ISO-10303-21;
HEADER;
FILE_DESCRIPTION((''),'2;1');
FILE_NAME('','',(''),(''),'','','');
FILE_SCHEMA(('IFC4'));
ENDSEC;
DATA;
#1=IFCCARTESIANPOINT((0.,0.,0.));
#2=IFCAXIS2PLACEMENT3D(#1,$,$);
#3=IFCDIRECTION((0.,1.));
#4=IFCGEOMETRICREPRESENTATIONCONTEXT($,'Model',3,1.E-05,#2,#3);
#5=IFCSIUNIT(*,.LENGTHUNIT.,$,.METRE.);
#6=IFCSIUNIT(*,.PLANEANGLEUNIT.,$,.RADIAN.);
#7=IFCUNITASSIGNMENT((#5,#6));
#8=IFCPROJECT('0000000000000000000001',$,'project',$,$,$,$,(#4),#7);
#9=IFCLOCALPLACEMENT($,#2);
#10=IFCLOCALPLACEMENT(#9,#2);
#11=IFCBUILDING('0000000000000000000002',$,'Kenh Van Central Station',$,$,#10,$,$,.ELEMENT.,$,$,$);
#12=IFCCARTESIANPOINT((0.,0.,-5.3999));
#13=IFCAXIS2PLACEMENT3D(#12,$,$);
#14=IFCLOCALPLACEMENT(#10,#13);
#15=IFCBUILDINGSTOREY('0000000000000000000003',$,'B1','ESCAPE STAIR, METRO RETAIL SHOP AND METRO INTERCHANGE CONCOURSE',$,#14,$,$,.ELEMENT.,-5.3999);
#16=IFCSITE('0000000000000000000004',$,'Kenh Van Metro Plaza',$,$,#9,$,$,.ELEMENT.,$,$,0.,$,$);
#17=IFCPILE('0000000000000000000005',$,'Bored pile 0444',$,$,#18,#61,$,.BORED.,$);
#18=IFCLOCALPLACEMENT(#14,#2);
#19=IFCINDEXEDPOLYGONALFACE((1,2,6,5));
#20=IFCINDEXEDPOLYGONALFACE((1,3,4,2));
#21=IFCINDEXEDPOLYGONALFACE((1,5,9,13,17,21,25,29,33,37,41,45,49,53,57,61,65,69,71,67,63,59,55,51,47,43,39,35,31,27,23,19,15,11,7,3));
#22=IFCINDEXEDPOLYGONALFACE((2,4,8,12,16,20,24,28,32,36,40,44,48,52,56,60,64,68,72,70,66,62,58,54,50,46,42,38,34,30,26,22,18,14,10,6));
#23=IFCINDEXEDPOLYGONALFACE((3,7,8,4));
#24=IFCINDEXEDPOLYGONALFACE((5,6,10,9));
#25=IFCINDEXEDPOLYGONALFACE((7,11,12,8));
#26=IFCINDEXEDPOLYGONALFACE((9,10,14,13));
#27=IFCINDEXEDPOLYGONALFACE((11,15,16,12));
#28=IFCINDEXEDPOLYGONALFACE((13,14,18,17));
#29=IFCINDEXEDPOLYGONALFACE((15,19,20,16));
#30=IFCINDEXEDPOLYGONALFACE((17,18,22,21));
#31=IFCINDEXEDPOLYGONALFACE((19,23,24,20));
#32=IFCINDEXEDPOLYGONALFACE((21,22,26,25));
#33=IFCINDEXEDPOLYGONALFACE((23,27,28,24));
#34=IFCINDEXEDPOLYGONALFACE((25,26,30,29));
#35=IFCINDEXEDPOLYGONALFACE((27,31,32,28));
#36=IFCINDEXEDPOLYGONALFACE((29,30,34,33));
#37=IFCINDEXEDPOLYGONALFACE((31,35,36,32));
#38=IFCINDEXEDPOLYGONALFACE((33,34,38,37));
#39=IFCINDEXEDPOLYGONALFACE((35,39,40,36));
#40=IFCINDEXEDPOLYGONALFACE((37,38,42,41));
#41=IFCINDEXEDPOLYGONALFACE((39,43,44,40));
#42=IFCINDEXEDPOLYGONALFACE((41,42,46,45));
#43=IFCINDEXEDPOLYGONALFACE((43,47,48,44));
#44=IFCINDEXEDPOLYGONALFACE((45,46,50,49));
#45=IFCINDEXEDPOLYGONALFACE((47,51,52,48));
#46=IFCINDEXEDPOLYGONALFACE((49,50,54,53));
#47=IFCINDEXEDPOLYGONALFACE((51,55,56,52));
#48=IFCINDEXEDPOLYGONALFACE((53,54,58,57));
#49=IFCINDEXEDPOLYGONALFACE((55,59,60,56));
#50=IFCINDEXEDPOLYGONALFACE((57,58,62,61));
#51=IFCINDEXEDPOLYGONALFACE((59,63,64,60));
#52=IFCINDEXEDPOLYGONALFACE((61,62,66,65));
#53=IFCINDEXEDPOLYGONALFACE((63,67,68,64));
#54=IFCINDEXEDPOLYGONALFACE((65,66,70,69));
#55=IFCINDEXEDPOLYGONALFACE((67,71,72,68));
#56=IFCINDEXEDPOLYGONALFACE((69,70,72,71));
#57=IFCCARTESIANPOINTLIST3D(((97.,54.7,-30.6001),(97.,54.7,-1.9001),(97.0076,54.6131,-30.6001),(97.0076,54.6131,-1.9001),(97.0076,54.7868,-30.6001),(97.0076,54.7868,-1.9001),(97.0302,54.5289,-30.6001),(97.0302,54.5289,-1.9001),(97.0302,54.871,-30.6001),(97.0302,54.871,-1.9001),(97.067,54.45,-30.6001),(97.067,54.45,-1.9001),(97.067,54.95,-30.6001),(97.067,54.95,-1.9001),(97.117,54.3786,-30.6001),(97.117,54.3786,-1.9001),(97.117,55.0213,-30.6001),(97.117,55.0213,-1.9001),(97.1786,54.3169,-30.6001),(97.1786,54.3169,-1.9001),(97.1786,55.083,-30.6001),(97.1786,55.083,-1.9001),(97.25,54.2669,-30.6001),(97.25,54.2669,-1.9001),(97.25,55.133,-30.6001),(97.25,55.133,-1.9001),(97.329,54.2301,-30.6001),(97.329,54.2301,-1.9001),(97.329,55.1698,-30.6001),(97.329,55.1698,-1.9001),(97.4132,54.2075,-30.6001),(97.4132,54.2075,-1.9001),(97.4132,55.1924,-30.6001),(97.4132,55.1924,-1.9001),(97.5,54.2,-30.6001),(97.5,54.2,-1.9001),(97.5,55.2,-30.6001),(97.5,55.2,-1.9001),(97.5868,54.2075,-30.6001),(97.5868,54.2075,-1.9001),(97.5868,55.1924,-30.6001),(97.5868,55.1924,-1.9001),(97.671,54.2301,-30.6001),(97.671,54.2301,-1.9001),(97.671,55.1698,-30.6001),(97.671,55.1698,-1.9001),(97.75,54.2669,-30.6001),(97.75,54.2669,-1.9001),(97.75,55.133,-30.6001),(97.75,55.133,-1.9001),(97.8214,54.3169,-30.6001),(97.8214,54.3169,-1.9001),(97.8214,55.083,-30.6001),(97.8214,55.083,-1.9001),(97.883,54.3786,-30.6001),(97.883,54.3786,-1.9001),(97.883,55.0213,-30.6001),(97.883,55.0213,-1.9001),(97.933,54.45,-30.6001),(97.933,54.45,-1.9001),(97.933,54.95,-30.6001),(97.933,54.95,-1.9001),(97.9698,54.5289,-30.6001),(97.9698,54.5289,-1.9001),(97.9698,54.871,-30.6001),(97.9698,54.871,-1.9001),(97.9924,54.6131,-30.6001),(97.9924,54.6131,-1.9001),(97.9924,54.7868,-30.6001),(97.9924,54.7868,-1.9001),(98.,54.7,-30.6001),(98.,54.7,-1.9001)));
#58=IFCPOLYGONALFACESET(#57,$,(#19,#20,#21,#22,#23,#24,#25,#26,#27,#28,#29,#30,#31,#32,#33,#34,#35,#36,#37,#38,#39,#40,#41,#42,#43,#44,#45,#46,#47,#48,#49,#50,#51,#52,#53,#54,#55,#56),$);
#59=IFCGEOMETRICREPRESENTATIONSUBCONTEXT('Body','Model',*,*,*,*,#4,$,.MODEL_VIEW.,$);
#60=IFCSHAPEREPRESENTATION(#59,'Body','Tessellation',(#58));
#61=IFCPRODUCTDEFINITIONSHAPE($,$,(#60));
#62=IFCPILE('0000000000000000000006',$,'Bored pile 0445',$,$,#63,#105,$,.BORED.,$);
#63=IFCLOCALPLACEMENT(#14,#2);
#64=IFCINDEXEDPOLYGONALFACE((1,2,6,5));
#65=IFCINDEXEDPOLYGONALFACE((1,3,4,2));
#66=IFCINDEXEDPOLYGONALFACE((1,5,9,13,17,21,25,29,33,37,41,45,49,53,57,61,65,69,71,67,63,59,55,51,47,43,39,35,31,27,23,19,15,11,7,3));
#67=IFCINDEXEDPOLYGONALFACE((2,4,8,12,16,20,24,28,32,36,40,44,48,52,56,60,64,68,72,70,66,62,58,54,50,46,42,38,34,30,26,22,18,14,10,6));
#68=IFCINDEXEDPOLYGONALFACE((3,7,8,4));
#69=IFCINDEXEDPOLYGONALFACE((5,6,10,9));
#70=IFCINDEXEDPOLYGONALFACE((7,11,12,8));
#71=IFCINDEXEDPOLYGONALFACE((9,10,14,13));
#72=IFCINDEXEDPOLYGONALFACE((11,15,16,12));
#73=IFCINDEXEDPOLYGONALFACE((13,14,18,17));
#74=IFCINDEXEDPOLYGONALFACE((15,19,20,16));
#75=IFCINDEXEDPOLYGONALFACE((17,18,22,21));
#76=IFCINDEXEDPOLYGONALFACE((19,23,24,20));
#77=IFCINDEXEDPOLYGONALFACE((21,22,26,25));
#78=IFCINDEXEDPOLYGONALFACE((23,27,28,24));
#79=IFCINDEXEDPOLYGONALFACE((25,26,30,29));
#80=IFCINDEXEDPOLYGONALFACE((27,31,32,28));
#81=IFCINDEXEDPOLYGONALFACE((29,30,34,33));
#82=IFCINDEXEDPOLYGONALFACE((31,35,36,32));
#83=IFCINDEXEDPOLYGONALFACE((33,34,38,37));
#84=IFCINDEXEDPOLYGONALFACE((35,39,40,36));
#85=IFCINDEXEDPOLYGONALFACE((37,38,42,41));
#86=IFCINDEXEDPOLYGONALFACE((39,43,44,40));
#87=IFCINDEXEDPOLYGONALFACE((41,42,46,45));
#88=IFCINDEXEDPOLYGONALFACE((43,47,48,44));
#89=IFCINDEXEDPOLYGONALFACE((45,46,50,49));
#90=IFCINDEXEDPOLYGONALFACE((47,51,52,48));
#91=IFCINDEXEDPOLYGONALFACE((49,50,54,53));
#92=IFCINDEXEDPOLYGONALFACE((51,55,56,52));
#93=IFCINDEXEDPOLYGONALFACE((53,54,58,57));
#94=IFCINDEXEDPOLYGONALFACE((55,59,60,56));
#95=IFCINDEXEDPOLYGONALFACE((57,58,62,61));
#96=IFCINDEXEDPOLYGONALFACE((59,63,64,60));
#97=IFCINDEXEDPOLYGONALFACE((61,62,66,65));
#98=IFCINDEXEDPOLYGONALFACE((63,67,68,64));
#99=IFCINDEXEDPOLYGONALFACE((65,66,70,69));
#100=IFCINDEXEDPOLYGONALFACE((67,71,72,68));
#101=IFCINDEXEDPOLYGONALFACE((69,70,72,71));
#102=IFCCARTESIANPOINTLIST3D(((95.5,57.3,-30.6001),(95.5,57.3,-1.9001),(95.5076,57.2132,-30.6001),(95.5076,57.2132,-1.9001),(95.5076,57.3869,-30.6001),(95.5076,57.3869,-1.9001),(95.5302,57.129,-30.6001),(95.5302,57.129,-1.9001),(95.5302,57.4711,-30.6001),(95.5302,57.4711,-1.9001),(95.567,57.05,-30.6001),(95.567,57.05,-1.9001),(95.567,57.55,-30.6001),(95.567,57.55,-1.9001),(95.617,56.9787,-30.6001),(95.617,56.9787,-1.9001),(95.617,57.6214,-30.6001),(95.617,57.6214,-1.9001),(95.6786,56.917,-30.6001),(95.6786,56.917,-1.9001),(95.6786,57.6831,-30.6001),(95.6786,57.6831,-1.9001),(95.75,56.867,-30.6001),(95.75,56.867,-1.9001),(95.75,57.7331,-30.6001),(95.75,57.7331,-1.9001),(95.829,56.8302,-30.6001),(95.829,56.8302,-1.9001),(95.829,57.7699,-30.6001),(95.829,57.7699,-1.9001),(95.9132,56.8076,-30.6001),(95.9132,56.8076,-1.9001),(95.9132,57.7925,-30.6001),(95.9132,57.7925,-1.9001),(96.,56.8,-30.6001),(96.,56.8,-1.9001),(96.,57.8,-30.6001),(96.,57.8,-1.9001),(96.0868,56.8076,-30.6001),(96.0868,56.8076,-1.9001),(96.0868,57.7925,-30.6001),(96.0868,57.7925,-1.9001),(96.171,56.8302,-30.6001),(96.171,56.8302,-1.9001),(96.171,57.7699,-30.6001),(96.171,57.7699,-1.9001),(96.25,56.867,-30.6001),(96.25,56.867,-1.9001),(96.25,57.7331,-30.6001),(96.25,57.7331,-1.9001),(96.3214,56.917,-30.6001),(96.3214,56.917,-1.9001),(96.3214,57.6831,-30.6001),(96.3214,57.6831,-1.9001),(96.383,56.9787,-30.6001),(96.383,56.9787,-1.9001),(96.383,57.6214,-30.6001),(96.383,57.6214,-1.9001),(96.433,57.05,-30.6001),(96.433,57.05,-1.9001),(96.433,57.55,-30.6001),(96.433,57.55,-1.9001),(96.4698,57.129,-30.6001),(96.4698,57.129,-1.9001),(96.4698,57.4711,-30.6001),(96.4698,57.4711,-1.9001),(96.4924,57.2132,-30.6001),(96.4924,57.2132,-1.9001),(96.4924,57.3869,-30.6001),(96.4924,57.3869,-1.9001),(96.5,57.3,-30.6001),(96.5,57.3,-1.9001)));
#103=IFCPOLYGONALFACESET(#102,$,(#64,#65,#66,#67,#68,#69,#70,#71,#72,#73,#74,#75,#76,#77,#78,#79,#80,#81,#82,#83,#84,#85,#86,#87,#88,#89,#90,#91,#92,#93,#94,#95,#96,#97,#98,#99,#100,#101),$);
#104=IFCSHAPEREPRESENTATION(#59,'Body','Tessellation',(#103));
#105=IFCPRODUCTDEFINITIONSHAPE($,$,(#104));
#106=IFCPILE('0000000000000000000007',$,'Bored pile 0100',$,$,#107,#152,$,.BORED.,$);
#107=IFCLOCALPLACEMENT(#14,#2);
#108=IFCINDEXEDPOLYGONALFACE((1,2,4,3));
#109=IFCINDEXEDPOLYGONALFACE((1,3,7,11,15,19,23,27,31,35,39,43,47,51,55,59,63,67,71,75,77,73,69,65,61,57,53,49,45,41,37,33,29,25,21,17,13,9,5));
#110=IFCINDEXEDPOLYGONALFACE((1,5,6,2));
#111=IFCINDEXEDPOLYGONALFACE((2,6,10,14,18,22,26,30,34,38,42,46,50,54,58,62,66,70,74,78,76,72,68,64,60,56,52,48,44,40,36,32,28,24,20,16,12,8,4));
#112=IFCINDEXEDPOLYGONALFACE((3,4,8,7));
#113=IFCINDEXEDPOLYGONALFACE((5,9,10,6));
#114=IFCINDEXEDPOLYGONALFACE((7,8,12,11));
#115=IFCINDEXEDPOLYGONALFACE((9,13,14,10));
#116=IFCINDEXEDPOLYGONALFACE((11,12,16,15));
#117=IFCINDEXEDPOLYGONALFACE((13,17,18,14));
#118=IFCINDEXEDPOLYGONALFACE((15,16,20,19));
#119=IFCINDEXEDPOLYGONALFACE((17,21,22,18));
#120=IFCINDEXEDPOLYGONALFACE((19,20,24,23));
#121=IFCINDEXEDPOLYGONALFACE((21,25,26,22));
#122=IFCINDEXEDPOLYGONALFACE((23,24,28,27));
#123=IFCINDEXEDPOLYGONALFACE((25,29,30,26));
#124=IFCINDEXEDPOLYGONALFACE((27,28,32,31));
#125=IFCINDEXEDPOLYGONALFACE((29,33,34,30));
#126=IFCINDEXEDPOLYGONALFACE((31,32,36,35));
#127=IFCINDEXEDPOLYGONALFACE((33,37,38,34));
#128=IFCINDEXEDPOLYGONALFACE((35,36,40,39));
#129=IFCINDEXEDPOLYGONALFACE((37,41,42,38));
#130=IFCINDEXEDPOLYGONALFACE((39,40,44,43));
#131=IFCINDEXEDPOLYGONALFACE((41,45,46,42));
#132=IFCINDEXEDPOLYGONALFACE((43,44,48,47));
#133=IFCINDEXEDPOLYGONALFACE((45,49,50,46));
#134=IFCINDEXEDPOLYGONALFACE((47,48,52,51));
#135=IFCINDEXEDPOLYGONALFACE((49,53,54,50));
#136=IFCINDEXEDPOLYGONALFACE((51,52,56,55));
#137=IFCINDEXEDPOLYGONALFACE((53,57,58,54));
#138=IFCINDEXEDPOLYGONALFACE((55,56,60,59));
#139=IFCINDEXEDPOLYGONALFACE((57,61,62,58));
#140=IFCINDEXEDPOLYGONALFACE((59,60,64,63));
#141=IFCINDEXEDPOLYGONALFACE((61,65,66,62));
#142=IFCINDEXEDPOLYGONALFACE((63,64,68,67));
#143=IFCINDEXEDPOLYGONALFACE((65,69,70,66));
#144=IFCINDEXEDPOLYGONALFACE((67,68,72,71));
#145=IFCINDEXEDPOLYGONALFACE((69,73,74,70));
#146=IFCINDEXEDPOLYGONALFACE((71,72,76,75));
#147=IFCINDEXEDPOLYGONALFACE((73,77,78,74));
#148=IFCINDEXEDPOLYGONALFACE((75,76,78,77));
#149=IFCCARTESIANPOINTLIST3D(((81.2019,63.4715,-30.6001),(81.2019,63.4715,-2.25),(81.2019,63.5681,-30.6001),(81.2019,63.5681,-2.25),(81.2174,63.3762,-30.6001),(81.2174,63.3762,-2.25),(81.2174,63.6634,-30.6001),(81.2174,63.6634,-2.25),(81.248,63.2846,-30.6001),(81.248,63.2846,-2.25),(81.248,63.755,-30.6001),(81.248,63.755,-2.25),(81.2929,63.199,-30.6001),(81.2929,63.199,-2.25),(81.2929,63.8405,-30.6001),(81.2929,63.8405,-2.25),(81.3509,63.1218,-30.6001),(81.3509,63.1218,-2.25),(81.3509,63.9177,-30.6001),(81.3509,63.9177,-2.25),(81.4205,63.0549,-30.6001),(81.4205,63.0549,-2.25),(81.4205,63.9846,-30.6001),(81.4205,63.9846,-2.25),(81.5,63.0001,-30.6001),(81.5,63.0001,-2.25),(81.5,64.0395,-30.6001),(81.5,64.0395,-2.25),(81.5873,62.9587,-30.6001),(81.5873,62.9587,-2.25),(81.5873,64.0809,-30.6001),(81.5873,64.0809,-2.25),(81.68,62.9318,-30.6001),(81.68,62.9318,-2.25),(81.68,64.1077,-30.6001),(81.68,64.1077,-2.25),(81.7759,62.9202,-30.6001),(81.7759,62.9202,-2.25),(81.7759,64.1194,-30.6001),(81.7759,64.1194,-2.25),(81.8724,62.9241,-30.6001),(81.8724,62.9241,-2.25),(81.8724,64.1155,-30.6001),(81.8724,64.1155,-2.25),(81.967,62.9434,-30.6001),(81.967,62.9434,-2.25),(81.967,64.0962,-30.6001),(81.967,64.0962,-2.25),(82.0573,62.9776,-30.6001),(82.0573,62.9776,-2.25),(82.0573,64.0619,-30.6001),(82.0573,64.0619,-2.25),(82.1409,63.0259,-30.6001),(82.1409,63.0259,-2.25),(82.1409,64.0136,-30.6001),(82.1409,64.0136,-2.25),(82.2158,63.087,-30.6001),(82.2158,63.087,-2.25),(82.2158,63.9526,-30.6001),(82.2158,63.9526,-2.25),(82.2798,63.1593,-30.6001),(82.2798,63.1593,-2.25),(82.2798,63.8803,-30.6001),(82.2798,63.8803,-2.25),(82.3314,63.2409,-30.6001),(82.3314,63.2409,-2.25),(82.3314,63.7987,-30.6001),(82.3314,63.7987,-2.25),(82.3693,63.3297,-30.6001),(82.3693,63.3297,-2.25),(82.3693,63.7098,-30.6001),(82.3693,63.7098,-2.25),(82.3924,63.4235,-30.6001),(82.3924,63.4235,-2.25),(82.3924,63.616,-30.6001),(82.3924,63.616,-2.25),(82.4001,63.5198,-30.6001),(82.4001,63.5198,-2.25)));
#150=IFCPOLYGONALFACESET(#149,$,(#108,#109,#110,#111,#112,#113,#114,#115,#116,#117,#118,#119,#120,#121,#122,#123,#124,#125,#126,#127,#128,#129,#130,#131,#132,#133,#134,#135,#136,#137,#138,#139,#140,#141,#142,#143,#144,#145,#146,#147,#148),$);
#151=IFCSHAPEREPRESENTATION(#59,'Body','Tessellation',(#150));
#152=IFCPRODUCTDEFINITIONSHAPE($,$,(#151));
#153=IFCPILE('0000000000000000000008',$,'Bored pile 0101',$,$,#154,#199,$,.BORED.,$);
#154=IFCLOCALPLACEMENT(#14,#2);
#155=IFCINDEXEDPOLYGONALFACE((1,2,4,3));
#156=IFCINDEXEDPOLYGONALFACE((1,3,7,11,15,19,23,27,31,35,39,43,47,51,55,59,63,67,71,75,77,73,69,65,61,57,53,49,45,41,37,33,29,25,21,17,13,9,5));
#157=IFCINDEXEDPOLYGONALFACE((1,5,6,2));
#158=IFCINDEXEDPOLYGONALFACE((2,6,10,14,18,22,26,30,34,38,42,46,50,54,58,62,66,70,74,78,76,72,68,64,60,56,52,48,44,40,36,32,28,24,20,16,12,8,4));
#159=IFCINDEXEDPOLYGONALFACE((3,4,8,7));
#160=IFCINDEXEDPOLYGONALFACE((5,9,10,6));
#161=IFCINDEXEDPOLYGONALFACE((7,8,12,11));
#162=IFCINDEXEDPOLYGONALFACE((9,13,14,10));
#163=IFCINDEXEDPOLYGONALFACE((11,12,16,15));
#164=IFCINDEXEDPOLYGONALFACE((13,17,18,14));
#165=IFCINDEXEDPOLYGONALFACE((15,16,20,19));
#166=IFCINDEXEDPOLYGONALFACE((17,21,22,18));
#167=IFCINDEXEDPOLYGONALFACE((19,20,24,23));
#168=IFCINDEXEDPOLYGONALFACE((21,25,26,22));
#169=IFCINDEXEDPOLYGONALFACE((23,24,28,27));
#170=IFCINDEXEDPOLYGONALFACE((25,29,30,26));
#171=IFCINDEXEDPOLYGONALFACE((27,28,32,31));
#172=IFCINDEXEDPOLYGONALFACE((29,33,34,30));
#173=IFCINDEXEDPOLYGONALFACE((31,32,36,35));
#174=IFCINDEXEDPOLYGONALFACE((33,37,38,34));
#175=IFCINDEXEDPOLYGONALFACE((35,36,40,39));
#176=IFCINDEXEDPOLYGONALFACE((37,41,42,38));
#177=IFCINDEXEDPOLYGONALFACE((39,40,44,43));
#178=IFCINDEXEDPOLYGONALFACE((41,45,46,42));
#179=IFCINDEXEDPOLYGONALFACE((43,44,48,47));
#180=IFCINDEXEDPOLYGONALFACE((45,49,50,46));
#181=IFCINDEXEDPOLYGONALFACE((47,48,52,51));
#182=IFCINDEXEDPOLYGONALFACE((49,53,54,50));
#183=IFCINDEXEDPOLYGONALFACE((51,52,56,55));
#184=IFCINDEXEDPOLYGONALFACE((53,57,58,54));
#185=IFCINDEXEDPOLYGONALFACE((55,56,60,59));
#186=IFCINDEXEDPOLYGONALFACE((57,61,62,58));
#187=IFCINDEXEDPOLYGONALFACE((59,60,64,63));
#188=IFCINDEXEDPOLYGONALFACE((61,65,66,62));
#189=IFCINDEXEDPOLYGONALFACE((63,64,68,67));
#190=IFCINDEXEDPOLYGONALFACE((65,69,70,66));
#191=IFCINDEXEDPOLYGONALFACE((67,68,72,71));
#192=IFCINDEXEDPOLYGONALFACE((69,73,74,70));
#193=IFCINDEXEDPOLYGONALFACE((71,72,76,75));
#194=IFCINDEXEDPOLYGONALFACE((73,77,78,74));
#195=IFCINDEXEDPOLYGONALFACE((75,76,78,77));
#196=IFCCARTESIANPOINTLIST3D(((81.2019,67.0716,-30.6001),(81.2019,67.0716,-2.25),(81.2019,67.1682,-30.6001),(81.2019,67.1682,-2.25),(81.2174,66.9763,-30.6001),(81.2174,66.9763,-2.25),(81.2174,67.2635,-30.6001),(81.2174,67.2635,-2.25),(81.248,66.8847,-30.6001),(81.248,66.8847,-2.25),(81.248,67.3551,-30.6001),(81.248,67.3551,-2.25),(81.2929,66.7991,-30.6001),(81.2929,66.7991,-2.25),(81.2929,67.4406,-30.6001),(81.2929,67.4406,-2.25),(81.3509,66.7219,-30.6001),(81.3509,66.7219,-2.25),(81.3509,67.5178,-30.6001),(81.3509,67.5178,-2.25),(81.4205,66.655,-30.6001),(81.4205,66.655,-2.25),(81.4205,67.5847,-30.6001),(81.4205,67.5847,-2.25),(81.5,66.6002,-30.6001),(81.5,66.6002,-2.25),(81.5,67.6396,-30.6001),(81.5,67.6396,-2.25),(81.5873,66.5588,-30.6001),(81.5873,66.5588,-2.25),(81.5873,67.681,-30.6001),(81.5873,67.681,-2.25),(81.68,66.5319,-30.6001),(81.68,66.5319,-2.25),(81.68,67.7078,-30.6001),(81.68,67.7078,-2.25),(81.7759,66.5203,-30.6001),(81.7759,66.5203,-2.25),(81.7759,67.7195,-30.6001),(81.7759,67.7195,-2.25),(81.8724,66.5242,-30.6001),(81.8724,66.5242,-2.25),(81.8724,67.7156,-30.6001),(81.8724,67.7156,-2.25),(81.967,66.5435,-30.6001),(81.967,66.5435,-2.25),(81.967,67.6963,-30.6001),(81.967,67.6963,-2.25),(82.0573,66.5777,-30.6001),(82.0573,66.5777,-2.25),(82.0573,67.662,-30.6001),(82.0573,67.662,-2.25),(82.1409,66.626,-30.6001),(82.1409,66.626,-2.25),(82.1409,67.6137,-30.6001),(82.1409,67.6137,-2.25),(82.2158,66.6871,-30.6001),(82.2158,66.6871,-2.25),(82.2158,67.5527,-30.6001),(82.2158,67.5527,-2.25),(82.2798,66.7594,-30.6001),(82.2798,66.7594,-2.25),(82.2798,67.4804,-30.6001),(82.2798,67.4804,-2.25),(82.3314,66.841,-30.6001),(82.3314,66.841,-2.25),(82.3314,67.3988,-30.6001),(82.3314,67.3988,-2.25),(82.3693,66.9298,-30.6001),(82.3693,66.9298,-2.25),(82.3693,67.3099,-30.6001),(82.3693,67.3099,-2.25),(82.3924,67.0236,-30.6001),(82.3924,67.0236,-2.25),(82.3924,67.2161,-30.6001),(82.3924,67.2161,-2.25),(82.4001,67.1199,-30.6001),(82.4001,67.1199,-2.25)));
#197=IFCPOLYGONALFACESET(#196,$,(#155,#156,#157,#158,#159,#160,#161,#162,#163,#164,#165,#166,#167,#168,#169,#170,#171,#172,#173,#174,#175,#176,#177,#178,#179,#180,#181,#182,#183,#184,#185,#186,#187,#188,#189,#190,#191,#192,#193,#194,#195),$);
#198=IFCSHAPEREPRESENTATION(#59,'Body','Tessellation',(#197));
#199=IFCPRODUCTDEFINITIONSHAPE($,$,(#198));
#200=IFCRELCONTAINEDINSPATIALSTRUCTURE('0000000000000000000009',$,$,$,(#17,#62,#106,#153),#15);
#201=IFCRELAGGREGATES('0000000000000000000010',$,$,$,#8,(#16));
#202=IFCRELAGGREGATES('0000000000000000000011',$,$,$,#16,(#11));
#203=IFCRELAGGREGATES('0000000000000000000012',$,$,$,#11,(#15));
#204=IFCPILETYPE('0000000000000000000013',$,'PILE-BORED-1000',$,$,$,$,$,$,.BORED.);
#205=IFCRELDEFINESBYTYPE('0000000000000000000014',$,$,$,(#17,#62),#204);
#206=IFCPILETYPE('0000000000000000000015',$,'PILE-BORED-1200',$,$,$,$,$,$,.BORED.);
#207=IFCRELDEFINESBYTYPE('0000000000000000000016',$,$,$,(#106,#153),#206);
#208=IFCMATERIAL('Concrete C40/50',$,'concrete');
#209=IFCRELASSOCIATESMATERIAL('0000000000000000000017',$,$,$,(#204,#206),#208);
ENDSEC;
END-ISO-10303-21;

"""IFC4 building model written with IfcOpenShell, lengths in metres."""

from ifc_helpers import new_model, si_unit, direction, frame, origin, origin_2d, place, context, subcontext, project, spatial, circle, extrude, material, material_profile, profile_set, type_object, element, save


model = new_model("IFC4")

# Units and contexts
model_context = context("Model", 3, precision=1e-05, world=origin(), true_north=direction((0.0, 1.0)))
body_context = subcontext(model_context, "Body", "Model", "MODEL_VIEW")
ifc_project = project(units=[si_unit("LENGTHUNIT", "METRE"), si_unit("PLANEANGLEUNIT", "RADIAN")], contexts=[model_context])

# Site, building, storey
site_placement = place(None, origin())
site = spatial("IfcSite", under=ifc_project, at=site_placement, Name="Kenh Van Metro Plaza", CompositionType="ELEMENT", RefElevation=0.0)
building_placement = place(site_placement, origin())
building = spatial("IfcBuilding", under=site, at=building_placement, Name="Kenh Van Central Station", CompositionType="ELEMENT")
storey_placement = place(building_placement, frame((0.0, 0.0, -5.3999)))
storey = spatial("IfcBuildingStorey", under=building, at=storey_placement, Name="B1", Description="ESCAPE STAIR, METRO RETAIL SHOP AND METRO INTERCHANGE CONCOURSE", CompositionType="ELEMENT", Elevation=-5.3999)

# Shared definitions
ifc_material = material(Name="Concrete C40/50", Category="concrete")

# Piles
ifc_material_profile_1 = material_profile(ifc_material, circle(Radius=0.5, at=origin_2d()), Name="PILE D1000")
ifc_profile_set_1 = profile_set([ifc_material_profile_1], Name="Concrete C40/50")
pile_type_1 = type_object("IfcPileType", Name="PILE-BORED-1000", PredefinedType="BORED", material=ifc_profile_set_1)
for number, where, z_axis, x_axis, name in (
    (1, (97.5, 54.7, -1.9001), (0.0, 0.0, -1.0), (1.0, 0.0, 0.0), "Bored pile 0444"),
    (2, (96.0, 57.3, -1.9001), (0.0, 0.0, -1.0), (1.0, 0.0, 0.0), "Bored pile 0445"),
):
    element("IfcPile", number, at=place(storey_placement, frame(where, z_axis=z_axis, x_axis=x_axis)), inside=storey, type_object=pile_type_1, Name=name, PredefinedType="BORED", context=body_context, shape_type="SweptSolid", body=[
        extrude(circle(Radius=0.5, at=origin_2d()), origin(), (0.0, 0.0, 1.0), 28.7),
    ])
ifc_material_profile_2 = material_profile(ifc_material, circle(Radius=0.6001, at=origin_2d()), Name="PILE D1200")
ifc_profile_set_2 = profile_set([ifc_material_profile_2], Name="Concrete C40/50")
pile_type_2 = type_object("IfcPileType", Name="PILE-BORED-1200", PredefinedType="BORED", material=ifc_profile_set_2)
for number, where, z_axis, x_axis, name in (
    (3, (81.8, 63.5198, -2.25), (0.0, 0.0, -1.0), (1.0, 0.0, 0.0), "Bored pile 0100"),
    (4, (81.8, 67.1199, -2.25), (0.0, 0.0, -1.0), (1.0, 0.0, 0.0), "Bored pile 0101"),
):
    element("IfcPile", number, at=place(storey_placement, frame(where, z_axis=z_axis, x_axis=x_axis)), inside=storey, type_object=pile_type_2, Name=name, PredefinedType="BORED", context=body_context, shape_type="SweptSolid", body=[
        extrude(circle(Radius=0.6001, at=origin_2d()), origin(), (0.0, 0.0, 1.0), 28.3501),
    ])

save(model, "model.ifc")
